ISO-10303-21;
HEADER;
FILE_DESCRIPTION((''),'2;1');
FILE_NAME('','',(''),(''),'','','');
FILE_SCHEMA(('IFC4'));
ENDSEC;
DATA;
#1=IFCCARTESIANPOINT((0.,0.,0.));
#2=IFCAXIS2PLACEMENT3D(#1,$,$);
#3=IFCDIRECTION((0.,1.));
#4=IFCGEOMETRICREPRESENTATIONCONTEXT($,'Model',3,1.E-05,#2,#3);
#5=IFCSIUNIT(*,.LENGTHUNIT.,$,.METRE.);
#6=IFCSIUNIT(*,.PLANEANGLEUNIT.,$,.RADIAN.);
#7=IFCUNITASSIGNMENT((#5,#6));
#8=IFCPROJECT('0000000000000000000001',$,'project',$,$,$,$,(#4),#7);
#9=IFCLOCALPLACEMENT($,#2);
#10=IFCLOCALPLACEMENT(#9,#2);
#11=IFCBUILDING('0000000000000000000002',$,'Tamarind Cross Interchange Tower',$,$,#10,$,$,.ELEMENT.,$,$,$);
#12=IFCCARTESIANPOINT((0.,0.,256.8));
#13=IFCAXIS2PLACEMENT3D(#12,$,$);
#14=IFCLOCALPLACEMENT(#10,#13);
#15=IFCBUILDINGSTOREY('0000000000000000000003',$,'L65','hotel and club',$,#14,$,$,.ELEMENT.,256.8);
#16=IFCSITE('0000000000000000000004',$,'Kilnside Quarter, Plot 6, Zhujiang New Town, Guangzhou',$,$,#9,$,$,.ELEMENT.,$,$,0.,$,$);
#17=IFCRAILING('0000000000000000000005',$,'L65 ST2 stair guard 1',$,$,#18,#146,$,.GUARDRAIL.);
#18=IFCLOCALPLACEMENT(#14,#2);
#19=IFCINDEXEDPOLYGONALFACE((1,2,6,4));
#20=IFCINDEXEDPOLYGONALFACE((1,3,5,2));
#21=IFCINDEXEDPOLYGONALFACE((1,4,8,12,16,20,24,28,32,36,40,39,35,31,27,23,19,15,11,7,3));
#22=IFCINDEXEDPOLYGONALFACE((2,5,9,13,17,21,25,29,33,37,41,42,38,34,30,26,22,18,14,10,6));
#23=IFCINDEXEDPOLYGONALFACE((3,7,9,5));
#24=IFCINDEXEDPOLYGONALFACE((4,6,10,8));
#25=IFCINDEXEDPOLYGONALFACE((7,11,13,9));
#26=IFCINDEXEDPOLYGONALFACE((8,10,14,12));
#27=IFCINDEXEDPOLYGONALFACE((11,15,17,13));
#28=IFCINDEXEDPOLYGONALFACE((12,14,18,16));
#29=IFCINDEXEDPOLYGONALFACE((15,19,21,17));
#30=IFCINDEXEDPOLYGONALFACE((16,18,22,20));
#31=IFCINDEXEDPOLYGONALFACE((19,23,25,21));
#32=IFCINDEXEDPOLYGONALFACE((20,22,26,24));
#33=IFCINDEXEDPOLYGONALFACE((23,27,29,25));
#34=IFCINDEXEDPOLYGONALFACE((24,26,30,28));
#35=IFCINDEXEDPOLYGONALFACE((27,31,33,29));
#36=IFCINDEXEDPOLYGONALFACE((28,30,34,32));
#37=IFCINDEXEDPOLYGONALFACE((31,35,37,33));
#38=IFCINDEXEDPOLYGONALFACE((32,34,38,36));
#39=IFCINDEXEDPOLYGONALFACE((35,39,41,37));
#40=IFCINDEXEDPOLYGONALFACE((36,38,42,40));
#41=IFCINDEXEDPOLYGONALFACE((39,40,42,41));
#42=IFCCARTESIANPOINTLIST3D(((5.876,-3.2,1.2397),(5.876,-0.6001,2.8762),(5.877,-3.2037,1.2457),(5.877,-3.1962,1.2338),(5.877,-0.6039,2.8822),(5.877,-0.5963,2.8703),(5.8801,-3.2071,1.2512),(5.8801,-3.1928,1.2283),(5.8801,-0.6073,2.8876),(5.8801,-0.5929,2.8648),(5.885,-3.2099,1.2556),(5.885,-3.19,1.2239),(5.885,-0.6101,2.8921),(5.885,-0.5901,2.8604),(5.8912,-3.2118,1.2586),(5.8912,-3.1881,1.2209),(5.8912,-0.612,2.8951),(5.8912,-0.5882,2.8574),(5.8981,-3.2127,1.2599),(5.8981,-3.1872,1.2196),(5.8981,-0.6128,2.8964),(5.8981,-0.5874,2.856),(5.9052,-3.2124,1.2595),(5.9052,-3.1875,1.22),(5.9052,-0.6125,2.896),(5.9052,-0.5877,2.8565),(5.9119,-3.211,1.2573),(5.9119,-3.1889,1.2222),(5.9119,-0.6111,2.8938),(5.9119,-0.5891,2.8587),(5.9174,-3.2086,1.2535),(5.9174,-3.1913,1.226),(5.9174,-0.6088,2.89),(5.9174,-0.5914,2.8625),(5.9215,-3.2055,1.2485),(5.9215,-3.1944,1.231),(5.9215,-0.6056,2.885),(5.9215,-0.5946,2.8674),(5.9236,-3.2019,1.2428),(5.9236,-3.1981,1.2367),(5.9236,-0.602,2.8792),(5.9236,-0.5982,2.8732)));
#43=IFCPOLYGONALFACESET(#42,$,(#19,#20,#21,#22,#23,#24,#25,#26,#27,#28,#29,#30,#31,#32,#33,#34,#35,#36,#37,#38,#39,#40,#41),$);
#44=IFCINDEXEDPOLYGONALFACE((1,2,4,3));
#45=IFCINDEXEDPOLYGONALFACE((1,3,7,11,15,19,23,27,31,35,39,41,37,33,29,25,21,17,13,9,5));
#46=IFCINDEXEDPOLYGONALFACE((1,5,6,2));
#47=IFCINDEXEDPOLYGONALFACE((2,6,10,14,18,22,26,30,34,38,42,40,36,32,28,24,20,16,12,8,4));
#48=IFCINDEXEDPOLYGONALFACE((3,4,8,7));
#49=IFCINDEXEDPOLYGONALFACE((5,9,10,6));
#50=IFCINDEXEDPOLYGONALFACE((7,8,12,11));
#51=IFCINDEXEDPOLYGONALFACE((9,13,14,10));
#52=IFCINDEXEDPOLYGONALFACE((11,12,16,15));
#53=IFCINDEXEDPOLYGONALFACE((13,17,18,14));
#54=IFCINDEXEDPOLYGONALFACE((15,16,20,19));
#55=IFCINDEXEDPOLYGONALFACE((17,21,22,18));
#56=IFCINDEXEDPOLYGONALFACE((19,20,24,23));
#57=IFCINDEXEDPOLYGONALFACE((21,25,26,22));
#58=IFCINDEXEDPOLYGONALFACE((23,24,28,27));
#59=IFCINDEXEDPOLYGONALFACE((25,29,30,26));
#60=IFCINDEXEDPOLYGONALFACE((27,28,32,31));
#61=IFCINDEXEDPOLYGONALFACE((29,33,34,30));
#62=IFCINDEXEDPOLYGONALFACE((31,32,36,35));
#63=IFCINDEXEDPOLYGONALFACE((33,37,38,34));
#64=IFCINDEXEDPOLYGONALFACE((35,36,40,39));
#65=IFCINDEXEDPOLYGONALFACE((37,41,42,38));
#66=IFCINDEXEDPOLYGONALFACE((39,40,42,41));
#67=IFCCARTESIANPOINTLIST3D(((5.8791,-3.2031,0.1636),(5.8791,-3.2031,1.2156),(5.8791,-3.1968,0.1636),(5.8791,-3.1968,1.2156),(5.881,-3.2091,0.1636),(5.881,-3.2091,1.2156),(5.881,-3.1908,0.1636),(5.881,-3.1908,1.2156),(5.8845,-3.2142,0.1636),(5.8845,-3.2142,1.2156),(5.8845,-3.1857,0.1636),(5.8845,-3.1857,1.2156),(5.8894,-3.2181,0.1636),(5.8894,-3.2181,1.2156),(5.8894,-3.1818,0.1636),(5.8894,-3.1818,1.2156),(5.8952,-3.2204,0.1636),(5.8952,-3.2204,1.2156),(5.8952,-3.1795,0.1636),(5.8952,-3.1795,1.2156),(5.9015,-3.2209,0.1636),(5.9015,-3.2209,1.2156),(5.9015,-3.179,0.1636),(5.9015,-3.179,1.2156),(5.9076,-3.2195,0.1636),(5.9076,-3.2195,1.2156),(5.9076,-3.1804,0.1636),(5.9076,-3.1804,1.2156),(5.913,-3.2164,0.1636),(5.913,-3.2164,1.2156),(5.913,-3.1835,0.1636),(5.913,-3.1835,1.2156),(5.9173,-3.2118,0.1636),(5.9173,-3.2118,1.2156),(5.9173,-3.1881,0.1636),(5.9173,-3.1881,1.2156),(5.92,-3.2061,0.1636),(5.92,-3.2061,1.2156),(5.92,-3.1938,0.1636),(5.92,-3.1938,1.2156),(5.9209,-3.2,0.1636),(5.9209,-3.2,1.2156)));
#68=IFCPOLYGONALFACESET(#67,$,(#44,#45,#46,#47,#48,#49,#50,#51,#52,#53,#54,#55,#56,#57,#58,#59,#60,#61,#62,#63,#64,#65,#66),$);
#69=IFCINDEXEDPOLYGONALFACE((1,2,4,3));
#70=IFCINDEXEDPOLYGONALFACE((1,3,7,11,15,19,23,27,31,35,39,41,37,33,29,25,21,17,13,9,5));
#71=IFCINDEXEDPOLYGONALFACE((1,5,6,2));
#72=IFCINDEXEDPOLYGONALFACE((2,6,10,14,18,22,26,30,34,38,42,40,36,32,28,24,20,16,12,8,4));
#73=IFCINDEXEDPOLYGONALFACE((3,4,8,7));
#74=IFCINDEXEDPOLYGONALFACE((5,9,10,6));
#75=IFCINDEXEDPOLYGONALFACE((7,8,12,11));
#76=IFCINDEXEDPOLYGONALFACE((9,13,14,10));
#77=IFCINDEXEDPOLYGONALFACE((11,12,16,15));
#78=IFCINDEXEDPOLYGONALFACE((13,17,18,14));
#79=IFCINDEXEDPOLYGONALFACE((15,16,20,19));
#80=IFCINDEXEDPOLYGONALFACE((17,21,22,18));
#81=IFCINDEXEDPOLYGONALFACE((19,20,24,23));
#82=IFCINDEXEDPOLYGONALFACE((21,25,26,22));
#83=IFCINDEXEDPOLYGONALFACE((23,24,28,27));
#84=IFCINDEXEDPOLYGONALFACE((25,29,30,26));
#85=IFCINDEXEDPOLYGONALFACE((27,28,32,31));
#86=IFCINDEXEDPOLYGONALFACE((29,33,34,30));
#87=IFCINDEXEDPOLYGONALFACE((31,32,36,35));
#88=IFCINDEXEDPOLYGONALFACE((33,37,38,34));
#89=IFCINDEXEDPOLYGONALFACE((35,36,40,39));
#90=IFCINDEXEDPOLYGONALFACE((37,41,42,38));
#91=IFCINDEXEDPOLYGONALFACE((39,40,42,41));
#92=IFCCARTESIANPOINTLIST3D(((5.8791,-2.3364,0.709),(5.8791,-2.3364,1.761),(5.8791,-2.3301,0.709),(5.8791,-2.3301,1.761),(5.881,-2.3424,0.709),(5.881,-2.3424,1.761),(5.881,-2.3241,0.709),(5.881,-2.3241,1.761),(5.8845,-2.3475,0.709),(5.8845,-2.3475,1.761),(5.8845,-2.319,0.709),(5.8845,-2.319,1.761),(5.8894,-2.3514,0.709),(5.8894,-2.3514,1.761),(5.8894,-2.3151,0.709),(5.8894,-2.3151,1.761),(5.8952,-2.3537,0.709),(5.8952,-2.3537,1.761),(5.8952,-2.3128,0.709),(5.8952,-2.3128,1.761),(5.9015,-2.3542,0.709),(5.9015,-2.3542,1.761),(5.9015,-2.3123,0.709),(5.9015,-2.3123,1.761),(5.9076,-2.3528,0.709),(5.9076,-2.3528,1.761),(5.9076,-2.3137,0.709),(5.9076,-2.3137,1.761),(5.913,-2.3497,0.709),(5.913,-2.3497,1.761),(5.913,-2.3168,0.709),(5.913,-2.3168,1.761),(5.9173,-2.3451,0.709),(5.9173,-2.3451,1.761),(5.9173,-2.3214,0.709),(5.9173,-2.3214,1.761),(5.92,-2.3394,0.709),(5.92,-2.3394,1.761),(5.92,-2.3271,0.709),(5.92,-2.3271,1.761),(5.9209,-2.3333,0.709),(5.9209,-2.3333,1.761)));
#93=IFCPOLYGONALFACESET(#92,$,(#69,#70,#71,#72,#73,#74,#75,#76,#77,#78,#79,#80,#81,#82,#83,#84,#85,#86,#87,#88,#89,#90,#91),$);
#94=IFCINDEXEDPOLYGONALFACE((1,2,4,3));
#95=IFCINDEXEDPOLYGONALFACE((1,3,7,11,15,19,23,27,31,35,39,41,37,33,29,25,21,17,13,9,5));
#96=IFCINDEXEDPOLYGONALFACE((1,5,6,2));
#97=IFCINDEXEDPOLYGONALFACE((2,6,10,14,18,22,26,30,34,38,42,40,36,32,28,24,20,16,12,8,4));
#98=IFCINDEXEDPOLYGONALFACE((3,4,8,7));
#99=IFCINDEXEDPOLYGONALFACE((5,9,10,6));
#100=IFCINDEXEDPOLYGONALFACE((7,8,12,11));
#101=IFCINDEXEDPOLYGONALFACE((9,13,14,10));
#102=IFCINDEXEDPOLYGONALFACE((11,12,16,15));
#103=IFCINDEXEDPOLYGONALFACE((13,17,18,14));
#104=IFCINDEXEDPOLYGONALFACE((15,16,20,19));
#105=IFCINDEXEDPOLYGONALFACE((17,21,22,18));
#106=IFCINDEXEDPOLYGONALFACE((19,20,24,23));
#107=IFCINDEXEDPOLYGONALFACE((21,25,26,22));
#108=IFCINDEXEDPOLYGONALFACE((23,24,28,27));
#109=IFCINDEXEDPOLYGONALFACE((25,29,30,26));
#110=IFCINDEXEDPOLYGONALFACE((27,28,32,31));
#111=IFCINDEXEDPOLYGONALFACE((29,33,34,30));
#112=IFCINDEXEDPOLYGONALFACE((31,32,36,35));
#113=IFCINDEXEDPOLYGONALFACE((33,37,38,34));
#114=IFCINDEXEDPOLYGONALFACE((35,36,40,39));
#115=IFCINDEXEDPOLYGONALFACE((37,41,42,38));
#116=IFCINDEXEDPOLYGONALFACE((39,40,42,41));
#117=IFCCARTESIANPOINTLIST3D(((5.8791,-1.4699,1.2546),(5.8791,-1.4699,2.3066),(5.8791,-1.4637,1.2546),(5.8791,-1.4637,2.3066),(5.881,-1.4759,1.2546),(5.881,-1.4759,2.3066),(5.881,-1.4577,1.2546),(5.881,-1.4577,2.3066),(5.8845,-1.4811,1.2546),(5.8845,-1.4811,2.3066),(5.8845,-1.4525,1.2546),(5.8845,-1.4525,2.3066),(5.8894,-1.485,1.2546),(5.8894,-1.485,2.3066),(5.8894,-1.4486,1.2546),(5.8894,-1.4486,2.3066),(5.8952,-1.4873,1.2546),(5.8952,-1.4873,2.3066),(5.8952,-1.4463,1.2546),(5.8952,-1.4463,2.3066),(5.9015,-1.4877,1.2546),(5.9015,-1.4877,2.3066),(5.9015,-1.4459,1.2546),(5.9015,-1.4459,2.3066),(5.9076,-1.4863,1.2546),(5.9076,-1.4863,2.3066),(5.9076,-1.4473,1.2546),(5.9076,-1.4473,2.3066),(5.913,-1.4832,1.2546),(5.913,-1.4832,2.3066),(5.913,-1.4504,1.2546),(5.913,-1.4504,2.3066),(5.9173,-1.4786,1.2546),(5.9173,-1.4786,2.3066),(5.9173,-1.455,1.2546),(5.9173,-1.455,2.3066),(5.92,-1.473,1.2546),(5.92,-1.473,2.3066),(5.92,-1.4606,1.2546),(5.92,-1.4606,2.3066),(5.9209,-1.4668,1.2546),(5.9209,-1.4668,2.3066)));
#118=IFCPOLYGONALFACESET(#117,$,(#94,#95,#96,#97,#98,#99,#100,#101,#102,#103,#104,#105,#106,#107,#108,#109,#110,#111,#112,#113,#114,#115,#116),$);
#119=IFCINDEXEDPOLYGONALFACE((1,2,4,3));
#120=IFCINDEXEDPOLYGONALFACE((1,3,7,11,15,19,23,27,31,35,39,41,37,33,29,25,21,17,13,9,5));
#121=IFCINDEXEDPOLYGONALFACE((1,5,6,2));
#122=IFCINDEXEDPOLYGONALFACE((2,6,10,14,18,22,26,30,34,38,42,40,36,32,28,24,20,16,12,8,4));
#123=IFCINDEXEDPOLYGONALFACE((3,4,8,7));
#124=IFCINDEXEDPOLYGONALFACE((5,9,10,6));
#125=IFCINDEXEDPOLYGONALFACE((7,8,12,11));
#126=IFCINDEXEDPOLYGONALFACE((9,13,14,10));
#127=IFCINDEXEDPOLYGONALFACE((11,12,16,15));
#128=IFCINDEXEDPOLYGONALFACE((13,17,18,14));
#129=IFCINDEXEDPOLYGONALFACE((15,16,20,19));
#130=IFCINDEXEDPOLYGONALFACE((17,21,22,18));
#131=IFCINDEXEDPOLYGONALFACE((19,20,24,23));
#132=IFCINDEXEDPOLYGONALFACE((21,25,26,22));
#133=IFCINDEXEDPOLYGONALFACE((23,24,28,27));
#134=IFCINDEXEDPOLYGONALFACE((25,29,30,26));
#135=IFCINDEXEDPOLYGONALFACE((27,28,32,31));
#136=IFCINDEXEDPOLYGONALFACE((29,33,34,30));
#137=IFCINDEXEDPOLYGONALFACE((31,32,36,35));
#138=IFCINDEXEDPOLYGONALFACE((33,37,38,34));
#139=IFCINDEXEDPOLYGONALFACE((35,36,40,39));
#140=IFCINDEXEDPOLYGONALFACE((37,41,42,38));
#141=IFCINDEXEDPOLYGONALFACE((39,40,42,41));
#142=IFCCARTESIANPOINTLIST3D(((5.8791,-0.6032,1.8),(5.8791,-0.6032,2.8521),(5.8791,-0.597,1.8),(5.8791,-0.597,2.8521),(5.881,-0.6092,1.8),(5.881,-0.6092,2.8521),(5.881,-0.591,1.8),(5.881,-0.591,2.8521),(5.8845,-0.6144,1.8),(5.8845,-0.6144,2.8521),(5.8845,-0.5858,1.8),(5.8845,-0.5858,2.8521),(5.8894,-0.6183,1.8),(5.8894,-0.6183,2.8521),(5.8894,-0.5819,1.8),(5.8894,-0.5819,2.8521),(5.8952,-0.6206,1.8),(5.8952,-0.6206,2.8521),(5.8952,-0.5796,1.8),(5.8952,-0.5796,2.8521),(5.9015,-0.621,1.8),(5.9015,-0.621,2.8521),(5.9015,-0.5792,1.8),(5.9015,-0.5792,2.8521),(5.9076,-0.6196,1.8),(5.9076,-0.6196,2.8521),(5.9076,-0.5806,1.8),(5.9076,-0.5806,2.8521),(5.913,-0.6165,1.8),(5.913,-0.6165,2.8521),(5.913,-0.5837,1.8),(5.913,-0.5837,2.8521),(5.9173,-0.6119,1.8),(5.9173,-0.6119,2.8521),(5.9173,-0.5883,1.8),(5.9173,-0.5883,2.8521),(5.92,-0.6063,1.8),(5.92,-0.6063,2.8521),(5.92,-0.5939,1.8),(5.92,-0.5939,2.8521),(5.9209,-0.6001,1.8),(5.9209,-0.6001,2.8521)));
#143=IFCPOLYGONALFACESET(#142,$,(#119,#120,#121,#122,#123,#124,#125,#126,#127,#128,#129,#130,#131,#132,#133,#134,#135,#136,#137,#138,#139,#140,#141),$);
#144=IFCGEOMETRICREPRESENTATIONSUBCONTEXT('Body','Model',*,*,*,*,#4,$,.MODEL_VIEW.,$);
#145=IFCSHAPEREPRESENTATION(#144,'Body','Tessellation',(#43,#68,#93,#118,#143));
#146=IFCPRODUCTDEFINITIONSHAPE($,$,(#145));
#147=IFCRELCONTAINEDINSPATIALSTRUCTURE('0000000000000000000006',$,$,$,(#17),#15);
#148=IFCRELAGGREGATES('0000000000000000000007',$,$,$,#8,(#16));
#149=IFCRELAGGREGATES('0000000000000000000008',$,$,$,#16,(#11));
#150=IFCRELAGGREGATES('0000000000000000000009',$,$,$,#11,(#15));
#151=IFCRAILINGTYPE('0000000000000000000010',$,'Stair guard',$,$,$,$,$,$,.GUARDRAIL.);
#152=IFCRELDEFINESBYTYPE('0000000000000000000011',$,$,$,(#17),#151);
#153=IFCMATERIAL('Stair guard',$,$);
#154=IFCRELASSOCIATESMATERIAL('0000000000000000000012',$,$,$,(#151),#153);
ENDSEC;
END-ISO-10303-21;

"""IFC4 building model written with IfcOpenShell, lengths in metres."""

from ifc_helpers import new_model, si_unit, direction, frame, origin, origin_2d, place, context, subcontext, project, spatial, circle, extrude, material, type_object, element, save


model = new_model("IFC4")

# Units and contexts
model_context = context("Model", 3, precision=1e-05, world=origin(), true_north=direction((0.0, 1.0)))
body_context = subcontext(model_context, "Body", "Model", "MODEL_VIEW")
ifc_project = project(units=[si_unit("LENGTHUNIT", "METRE"), si_unit("PLANEANGLEUNIT", "RADIAN")], contexts=[model_context])

# Site, building, storey
site_placement = place(None, origin())
site = spatial("IfcSite", under=ifc_project, at=site_placement, Name="Kilnside Quarter, Plot 6, Zhujiang New Town, Guangzhou", CompositionType="ELEMENT", RefElevation=0.0)
building_placement = place(site_placement, origin())
building = spatial("IfcBuilding", under=site, at=building_placement, Name="Tamarind Cross Interchange Tower", CompositionType="ELEMENT")
storey_placement = place(building_placement, frame((0.0, 0.0, 256.8)))
storey = spatial("IfcBuildingStorey", under=building, at=storey_placement, Name="L65", Description="hotel and club", CompositionType="ELEMENT", Elevation=256.8)

# Railing
ifc_material_1 = material(Name="Stair guard")
railing_type_1 = type_object("IfcRailingType", Name="Stair guard", PredefinedType="GUARDRAIL", material=ifc_material_1)
railing_1_placement = place(storey_placement, frame((5.8999, -3.2, 0.1636)))
element("IfcRailing", 1, at=railing_1_placement, inside=storey, type_object=railing_type_1, Name="L65 ST2 stair guard 1", PredefinedType="GUARDRAIL", context=body_context, shape_type="SweptSolid", body=[
    extrude(circle(Radius=0.0239, at=origin_2d()), frame((0.0, 0.0, 1.0762), z_axis=(0.0, 0.846302, 0.532704), x_axis=(-1.0, 0.0, 0.0)), (0.0, 0.0, 1.0), 3.072),
    extrude(circle(Radius=0.021, at=origin_2d()), origin(), (0.0, 0.0, 1.0), 1.052),
    extrude(circle(Radius=0.021, at=origin_2d()), frame((0.0, 0.8667, 0.5454)), (0.0, 0.0, 1.0), 1.052),
    extrude(circle(Radius=0.021, at=origin_2d()), frame((0.0, 1.7332, 1.0911)), (0.0, 0.0, 1.0), 1.052),
    extrude(circle(Radius=0.021, at=origin_2d()), frame((0.0, 2.5999, 1.6365)), (0.0, 0.0, 1.0), 1.052),
])

save(model, "model.ifc")
